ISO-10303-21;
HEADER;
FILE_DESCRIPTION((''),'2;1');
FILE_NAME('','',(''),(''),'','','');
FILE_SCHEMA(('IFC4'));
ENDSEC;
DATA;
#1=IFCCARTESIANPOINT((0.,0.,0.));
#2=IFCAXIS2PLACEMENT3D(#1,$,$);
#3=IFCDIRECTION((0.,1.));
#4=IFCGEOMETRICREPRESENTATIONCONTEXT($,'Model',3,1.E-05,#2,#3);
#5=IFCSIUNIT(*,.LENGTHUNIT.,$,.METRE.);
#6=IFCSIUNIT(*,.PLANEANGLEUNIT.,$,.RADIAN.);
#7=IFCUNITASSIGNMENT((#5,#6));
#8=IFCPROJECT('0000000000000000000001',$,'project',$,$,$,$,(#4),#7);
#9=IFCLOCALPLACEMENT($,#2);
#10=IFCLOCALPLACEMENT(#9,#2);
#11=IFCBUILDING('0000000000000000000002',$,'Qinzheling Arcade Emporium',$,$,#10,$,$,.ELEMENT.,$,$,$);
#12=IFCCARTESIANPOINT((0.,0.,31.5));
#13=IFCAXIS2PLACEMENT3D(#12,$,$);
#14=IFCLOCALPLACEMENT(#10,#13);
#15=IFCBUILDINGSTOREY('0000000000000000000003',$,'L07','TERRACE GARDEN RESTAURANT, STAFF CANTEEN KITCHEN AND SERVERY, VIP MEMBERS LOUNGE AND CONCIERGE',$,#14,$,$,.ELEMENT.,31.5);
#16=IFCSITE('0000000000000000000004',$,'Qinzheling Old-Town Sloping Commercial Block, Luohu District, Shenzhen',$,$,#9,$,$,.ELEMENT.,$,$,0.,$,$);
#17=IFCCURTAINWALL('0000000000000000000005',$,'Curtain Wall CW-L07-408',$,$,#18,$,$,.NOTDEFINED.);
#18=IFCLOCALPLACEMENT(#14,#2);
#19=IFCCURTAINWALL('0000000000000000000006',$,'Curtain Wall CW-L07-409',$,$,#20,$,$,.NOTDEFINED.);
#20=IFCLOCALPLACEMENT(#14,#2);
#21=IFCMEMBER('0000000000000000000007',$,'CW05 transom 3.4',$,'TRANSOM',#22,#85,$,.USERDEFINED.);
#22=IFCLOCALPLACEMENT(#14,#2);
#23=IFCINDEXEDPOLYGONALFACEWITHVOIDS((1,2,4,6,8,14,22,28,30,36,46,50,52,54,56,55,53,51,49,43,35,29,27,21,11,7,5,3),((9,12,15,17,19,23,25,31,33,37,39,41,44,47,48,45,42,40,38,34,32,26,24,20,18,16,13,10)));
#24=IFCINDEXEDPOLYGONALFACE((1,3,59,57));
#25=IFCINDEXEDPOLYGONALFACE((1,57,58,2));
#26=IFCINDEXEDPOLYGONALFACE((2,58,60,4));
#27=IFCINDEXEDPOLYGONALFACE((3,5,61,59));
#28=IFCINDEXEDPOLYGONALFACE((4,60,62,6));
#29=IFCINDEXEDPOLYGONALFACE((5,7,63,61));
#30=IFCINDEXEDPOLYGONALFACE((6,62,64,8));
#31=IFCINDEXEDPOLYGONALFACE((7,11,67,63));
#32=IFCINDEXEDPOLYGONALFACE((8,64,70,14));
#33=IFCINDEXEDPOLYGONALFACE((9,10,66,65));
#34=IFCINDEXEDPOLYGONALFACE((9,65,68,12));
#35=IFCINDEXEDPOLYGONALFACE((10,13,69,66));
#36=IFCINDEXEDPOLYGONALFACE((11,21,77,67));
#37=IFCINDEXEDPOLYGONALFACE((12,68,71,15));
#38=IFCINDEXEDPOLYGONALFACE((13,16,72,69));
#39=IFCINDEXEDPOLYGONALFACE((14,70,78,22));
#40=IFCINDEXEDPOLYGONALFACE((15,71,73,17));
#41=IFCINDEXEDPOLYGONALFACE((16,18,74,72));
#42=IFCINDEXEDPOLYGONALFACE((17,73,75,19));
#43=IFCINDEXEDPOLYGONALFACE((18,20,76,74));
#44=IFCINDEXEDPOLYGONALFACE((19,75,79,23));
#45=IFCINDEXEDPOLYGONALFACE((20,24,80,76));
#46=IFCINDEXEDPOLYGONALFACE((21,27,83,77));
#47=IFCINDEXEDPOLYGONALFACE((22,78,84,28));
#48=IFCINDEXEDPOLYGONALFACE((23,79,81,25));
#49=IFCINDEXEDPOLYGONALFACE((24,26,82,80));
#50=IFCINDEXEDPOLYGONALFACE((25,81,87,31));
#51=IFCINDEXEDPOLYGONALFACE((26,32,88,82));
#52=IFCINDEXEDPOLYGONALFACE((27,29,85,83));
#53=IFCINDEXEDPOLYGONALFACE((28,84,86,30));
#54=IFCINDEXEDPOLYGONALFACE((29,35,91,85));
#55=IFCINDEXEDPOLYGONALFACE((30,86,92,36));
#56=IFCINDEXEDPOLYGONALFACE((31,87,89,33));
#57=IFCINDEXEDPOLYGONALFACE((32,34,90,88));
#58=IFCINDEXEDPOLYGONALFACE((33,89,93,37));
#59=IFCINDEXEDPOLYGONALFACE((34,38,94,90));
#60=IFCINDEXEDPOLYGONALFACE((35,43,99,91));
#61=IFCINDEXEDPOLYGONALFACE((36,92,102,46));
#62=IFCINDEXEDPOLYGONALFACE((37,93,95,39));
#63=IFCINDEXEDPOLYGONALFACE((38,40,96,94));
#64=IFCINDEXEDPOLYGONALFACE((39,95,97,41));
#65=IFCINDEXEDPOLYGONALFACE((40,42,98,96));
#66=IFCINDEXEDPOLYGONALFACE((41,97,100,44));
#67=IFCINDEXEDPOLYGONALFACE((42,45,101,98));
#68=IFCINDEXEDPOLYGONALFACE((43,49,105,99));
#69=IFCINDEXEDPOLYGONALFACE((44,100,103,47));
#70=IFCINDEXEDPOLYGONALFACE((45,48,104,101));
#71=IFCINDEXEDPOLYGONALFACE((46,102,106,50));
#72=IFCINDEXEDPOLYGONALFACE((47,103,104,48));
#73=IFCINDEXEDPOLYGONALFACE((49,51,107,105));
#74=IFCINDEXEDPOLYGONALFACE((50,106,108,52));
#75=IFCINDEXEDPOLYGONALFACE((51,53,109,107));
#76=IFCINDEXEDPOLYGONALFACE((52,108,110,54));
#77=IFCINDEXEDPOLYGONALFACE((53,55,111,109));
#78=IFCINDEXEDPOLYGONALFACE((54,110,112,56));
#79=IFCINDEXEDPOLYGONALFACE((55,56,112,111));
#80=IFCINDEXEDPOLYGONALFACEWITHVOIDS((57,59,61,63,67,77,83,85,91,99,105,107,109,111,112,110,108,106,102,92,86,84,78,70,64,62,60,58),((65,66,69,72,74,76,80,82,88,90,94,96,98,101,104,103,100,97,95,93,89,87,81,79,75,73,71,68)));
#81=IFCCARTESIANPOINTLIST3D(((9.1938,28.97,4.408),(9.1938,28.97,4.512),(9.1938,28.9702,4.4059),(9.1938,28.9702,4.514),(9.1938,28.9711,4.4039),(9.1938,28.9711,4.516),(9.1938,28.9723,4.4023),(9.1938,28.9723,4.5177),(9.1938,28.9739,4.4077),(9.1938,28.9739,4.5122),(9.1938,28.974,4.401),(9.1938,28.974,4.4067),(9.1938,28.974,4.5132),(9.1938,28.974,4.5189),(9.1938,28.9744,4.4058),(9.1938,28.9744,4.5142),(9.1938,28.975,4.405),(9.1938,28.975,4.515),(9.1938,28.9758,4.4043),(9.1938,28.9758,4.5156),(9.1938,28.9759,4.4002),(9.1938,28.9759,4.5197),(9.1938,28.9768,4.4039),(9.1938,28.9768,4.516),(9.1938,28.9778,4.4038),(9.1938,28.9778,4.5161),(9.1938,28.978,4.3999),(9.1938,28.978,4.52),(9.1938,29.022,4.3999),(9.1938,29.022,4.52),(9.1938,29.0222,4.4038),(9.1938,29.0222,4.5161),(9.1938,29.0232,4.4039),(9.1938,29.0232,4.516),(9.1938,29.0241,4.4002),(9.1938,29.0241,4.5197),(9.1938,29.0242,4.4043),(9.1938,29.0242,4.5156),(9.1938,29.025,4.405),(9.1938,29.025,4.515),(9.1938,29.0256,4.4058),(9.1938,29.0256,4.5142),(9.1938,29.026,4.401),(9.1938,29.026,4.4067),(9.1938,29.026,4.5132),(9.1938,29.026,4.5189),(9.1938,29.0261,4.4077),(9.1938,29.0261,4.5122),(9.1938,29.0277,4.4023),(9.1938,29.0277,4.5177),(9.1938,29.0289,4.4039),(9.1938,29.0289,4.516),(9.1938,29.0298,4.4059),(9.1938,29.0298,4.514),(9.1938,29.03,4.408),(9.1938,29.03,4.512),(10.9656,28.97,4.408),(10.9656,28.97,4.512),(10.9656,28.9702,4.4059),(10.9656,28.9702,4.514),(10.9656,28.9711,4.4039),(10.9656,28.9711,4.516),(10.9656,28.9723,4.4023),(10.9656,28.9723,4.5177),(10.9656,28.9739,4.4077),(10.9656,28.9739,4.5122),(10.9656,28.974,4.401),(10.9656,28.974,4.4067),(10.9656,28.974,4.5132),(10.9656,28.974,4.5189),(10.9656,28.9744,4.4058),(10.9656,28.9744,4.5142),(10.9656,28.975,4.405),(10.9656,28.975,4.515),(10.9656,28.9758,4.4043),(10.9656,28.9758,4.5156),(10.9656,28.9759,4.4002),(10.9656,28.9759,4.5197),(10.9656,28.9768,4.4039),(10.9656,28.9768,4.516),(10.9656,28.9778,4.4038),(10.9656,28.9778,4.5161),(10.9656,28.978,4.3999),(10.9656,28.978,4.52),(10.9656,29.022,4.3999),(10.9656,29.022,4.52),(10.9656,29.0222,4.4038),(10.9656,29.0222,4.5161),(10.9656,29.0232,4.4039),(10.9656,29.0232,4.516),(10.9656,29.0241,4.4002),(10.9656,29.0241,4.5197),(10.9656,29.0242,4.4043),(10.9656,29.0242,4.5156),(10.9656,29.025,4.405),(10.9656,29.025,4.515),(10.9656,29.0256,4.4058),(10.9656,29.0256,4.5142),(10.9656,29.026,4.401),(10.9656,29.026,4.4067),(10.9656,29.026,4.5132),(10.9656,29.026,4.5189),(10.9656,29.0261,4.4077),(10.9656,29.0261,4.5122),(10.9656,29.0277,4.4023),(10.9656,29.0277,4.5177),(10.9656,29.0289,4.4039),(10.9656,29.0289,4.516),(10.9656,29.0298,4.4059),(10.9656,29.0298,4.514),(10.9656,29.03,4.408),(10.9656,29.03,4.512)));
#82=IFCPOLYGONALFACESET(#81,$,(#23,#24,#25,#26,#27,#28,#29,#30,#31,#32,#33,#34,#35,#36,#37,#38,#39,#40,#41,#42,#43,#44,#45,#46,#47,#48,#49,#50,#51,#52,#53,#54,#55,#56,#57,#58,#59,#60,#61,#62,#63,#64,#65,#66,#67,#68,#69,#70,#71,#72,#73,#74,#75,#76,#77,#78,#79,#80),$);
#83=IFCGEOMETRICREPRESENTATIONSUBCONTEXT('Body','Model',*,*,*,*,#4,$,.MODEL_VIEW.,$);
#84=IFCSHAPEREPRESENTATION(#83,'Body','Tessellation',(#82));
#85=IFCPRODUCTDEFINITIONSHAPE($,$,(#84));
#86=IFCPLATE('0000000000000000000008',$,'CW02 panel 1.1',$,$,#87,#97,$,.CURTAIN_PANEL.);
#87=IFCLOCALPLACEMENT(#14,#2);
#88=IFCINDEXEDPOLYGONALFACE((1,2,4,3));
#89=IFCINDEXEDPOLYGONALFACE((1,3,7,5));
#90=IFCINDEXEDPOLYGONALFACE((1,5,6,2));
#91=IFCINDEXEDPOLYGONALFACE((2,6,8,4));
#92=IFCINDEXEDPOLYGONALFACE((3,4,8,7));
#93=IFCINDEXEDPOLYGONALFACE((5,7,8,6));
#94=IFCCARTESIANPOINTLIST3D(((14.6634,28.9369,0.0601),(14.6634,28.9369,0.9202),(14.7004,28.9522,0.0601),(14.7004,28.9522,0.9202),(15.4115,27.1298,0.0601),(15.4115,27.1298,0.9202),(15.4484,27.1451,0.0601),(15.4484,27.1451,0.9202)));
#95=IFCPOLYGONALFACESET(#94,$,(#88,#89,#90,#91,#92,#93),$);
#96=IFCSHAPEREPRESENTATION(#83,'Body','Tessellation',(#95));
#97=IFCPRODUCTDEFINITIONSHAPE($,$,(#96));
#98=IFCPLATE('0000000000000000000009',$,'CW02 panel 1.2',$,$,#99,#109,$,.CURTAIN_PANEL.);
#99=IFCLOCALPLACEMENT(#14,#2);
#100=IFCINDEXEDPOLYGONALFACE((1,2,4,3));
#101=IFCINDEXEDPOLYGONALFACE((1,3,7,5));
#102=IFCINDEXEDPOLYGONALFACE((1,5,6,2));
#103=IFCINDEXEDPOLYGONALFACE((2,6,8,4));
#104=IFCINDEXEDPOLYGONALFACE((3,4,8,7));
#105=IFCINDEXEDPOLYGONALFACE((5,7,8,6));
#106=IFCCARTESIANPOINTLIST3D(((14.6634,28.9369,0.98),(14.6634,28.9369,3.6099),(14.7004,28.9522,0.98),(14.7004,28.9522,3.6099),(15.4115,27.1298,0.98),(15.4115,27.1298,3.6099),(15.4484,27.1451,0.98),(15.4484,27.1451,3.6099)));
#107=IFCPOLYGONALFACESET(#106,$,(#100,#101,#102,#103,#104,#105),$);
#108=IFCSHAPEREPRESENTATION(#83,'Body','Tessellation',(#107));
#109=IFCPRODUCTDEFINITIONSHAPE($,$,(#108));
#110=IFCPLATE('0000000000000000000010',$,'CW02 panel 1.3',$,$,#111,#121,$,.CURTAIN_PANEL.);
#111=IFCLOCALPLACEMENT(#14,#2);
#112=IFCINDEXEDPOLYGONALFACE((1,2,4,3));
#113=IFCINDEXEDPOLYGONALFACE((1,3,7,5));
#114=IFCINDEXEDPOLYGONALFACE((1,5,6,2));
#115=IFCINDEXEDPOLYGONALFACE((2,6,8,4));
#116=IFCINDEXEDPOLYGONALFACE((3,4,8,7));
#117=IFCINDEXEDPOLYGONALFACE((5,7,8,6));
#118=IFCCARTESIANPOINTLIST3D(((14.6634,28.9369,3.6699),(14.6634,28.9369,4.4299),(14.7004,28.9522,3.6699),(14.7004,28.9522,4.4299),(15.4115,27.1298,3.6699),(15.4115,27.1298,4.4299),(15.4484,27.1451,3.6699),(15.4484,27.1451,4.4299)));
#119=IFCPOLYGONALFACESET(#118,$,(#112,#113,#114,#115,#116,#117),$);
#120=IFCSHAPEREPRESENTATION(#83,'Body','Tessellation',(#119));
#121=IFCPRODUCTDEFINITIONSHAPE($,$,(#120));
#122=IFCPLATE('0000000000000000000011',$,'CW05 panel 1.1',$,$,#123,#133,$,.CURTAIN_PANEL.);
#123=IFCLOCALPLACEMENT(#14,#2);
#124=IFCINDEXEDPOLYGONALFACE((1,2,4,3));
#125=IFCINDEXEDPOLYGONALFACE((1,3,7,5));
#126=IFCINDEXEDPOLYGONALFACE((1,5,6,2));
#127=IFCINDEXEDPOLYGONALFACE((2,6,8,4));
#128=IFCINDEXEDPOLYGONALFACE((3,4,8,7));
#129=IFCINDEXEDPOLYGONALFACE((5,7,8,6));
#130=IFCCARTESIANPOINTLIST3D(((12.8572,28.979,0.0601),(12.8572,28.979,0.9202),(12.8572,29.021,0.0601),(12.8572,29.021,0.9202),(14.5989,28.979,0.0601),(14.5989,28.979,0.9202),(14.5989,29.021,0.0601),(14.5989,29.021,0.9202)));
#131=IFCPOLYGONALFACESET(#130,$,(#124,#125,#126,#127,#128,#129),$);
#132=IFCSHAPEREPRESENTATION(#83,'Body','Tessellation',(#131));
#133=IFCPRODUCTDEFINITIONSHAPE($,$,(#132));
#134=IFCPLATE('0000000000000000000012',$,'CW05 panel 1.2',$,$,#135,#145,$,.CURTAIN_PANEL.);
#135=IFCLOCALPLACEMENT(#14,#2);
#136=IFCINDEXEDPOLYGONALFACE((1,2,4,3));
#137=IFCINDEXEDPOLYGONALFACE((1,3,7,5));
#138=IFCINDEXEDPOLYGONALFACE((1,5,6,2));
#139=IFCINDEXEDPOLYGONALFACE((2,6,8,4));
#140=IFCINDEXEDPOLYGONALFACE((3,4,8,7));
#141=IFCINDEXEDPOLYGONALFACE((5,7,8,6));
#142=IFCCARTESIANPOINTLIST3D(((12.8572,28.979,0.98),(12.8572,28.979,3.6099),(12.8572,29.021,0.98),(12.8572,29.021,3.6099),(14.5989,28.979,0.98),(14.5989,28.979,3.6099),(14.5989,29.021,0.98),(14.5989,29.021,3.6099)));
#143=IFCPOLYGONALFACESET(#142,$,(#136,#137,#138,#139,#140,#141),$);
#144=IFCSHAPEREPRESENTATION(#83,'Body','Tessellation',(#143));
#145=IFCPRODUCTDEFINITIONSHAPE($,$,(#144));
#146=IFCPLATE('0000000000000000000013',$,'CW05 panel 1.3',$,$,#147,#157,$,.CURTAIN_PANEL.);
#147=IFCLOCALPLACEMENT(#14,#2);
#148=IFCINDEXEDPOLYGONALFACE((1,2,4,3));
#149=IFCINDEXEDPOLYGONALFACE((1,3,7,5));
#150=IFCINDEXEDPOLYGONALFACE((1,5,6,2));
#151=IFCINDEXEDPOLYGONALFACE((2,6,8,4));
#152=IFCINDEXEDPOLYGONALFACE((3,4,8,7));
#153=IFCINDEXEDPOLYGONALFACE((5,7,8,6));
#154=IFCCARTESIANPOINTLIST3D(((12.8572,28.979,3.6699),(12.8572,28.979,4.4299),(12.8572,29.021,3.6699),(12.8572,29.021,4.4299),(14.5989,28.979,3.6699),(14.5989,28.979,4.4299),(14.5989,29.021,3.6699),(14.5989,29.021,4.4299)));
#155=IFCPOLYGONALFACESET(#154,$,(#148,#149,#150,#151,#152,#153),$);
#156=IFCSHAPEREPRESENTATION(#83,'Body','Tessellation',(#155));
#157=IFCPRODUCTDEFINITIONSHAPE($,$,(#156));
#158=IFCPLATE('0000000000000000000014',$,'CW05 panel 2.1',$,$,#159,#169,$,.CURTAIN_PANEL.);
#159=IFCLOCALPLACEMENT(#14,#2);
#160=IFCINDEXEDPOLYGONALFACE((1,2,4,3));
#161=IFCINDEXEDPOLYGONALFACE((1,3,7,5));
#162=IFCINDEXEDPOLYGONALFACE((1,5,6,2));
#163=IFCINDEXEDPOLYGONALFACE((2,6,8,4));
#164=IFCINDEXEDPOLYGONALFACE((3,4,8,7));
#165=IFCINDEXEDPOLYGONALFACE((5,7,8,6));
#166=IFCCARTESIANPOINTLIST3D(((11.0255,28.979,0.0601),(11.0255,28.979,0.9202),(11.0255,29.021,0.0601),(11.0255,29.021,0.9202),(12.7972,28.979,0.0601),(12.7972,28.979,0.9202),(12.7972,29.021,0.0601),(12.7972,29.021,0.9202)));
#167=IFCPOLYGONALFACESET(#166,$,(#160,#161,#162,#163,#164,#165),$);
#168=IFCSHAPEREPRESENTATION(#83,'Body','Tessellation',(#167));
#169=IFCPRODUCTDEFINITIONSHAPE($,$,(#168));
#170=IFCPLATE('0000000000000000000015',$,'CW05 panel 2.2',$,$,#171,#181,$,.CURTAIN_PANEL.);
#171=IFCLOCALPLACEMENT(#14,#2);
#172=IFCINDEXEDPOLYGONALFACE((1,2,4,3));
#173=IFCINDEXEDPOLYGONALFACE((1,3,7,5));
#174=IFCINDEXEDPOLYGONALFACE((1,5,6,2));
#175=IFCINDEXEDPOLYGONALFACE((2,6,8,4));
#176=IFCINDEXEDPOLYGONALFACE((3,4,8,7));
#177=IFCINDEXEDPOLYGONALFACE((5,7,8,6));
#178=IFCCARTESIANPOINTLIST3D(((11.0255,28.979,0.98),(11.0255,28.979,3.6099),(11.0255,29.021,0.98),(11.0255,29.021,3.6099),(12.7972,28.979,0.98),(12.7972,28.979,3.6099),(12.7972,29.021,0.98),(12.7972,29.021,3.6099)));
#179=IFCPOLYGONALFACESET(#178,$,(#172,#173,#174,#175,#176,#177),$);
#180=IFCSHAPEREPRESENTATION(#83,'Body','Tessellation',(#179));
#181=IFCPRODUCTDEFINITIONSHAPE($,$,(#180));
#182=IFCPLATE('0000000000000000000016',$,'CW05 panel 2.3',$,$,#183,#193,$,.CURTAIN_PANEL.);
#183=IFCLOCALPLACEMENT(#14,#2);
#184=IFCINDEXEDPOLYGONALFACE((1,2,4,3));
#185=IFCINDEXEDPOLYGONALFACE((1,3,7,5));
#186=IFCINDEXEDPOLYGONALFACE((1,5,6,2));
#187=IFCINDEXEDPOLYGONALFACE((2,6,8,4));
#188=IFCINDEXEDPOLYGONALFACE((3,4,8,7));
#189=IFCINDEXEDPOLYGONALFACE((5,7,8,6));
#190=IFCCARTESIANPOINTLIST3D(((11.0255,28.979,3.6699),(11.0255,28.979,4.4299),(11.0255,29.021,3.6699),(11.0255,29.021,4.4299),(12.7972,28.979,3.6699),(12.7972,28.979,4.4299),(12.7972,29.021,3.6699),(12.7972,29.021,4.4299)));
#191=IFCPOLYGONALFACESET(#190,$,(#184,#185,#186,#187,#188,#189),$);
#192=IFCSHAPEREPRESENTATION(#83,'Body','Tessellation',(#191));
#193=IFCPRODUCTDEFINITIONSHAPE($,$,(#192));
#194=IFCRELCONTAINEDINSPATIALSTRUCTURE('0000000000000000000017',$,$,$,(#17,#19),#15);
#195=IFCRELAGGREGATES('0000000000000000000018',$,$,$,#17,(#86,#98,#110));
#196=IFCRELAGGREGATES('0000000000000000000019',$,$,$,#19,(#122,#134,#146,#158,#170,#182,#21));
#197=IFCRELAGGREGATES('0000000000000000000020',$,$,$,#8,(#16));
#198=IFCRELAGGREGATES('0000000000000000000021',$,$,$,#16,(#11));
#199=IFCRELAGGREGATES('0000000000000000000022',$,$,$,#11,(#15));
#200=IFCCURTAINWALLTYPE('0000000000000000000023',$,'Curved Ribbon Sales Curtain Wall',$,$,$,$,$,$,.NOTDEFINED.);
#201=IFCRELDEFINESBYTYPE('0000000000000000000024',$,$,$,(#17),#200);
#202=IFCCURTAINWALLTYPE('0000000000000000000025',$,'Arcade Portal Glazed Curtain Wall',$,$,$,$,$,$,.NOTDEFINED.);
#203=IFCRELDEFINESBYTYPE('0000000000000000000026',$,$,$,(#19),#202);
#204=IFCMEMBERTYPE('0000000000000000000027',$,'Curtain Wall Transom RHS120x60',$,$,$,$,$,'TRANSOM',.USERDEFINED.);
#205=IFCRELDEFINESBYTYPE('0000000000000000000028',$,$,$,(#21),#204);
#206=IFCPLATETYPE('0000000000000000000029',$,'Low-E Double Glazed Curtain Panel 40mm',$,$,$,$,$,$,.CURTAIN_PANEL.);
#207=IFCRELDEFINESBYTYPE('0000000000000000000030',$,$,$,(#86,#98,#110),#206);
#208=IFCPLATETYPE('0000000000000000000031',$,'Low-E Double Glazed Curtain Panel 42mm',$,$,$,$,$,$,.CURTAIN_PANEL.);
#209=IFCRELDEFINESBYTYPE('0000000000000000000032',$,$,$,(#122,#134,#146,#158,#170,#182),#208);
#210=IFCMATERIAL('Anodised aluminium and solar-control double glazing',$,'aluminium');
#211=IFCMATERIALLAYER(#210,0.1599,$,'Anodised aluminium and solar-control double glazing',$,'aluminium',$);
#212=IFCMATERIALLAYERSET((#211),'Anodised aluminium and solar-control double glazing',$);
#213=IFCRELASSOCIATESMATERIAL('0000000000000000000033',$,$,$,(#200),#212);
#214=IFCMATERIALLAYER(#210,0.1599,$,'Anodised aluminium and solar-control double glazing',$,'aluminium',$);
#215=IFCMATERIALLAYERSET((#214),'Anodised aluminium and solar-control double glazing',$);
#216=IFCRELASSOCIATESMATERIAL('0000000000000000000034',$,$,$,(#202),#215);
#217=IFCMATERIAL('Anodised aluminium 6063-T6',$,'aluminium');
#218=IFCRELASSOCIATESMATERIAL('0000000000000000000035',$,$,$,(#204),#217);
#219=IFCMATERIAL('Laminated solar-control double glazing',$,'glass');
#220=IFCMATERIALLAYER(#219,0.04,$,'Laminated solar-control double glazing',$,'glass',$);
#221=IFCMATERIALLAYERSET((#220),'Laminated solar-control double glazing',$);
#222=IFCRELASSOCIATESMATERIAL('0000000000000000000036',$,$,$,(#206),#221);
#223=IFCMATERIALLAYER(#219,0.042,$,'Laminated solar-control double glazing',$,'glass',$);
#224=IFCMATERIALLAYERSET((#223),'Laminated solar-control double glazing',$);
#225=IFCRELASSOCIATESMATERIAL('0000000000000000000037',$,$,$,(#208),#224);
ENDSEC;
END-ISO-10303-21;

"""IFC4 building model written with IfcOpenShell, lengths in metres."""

from ifc_helpers import new_model, si_unit, direction, frame, origin, origin_2d, place, context, subcontext, project, spatial, rectangle, hollow_rectangle, extrude, material, layer, layer_set, material_profile, profile_set, type_object, element, aggregate, save


model = new_model("IFC4")

# Units and contexts
model_context = context("Model", 3, precision=1e-05, world=origin(), true_north=direction((0.0, 1.0)))
body_context = subcontext(model_context, "Body", "Model", "MODEL_VIEW")
ifc_project = project(units=[si_unit("LENGTHUNIT", "METRE"), si_unit("PLANEANGLEUNIT", "RADIAN")], contexts=[model_context])

# Site, building, storey
site_placement = place(None, origin())
site = spatial("IfcSite", under=ifc_project, at=site_placement, Name="Qinzheling Old-Town Sloping Commercial Block, Luohu District, Shenzhen", CompositionType="ELEMENT", RefElevation=0.0)
building_placement = place(site_placement, origin())
building = spatial("IfcBuilding", under=site, at=building_placement, Name="Qinzheling Arcade Emporium", CompositionType="ELEMENT")
storey_placement = place(building_placement, frame((0.0, 0.0, 31.5)))
storey = spatial("IfcBuildingStorey", under=building, at=storey_placement, Name="L07", Description="TERRACE GARDEN RESTAURANT, STAFF CANTEEN KITCHEN AND SERVERY, VIP MEMBERS LOUNGE AND CONCIERGE", CompositionType="ELEMENT", Elevation=31.5)

# Curtain wall
ifc_material_1 = material(Name="Anodised aluminium and solar-control double glazing", Category="aluminium")
ifc_layer_1 = layer(ifc_material_1, 0.1599, Name="Anodised aluminium and solar-control double glazing", Category="aluminium")
ifc_layer_set_1 = layer_set([ifc_layer_1], Name="Anodised aluminium and solar-control double glazing")
curtain_wall_type_1 = type_object("IfcCurtainWallType", Name="Curved Ribbon Sales Curtain Wall", PredefinedType="NOTDEFINED", material=ifc_layer_set_1)
curtain_wall_1_placement = place(storey_placement, origin())
curtain_wall_1 = element("IfcCurtainWall", 1, at=curtain_wall_1_placement, inside=storey, type_object=curtain_wall_type_1, Name="Curtain Wall CW-L07-408", PredefinedType="NOTDEFINED")
ifc_material_2 = material(Name="Anodised aluminium 6063-T6", Category="aluminium")

# Curtain wall, member
ifc_layer_2 = layer(ifc_material_1, 0.1599, Name="Anodised aluminium and solar-control double glazing", Category="aluminium")
ifc_layer_set_2 = layer_set([ifc_layer_2], Name="Anodised aluminium and solar-control double glazing")
curtain_wall_type_2 = type_object("IfcCurtainWallType", Name="Arcade Portal Glazed Curtain Wall", PredefinedType="NOTDEFINED", material=ifc_layer_set_2)
curtain_wall_2_placement = place(storey_placement, origin())
curtain_wall_2 = element("IfcCurtainWall", 2, at=curtain_wall_2_placement, inside=storey, type_object=curtain_wall_type_2, Name="Curtain Wall CW-L07-409", PredefinedType="NOTDEFINED")
ifc_material_profile_1 = material_profile(ifc_material_2, hollow_rectangle(XDim=0.0601, YDim=0.1201, WallThickness=0.0039, InnerFilletRadius=0.0039, OuterFilletRadius=0.0081, at=origin_2d()), Name="RHS 120x60x4", Category="aluminium")
ifc_profile_set_1 = profile_set([ifc_material_profile_1], Name="Anodised aluminium 6063-T6")
member_type_1 = type_object("IfcMemberType", Name="Curtain Wall Transom RHS120x60", ElementType="TRANSOM", PredefinedType="USERDEFINED", material=ifc_profile_set_1)
member_1_placement = place(storey_placement, frame((10.9656, 29.0, 4.46), z_axis=(-1.0, 0.0, 0.0), x_axis=(0.0, -1.0, 0.0)))
member_1 = element("IfcMember", 3, at=member_1_placement, type_object=member_type_1, Name="CW05 transom 3.4", ObjectType="TRANSOM", PredefinedType="USERDEFINED", context=body_context, shape_type="SweptSolid", body=[
    extrude(hollow_rectangle(XDim=0.0601, YDim=0.1201, WallThickness=0.0039, InnerFilletRadius=0.0039, OuterFilletRadius=0.0081, at=origin_2d()), origin(), (0.0, 0.0, 1.0), 1.7717),
])

# Plates
ifc_material_3 = material(Name="Laminated solar-control double glazing", Category="glass")
ifc_layer_3 = layer(ifc_material_3, 0.04, Name="Laminated solar-control double glazing", Category="glass")
ifc_layer_set_3 = layer_set([ifc_layer_3], Name="Laminated solar-control double glazing")
plate_type_1 = type_object("IfcPlateType", Name="Low-E Double Glazed Curtain Panel 40mm", PredefinedType="CURTAIN_PANEL", material=ifc_layer_set_3)
plate_1_placement = place(storey_placement, frame((15.0559, 28.041, 0.0601), z_axis=(0.0, 0.0, 1.0), x_axis=(-0.382494, 0.923958, 0.0)))
plate_1 = element("IfcPlate", 4, at=plate_1_placement, type_object=plate_type_1, Name="CW02 panel 1.1", PredefinedType="CURTAIN_PANEL", context=body_context, shape_type="SweptSolid", body=[
    extrude(rectangle(XDim=1.9558, YDim=0.04, at=origin_2d()), origin(), (0.0, 0.0, 1.0), 0.8601),
])
plate_2_placement = place(storey_placement, frame((15.0559, 28.041, 0.98), z_axis=(0.0, 0.0, 1.0), x_axis=(-0.382494, 0.923958, 0.0)))
plate_2 = element("IfcPlate", 5, at=plate_2_placement, type_object=plate_type_1, Name="CW02 panel 1.2", PredefinedType="CURTAIN_PANEL", context=body_context, shape_type="SweptSolid", body=[
    extrude(rectangle(XDim=1.9558, YDim=0.04, at=origin_2d()), origin(), (0.0, 0.0, 1.0), 2.6299),
])
plate_3_placement = place(storey_placement, frame((15.0559, 28.041, 3.6699), z_axis=(0.0, 0.0, 1.0), x_axis=(-0.382494, 0.923958, 0.0)))
plate_3 = element("IfcPlate", 6, at=plate_3_placement, type_object=plate_type_1, Name="CW02 panel 1.3", PredefinedType="CURTAIN_PANEL", context=body_context, shape_type="SweptSolid", body=[
    extrude(rectangle(XDim=1.9558, YDim=0.04, at=origin_2d()), origin(), (0.0, 0.0, 1.0), 0.76),
])
aggregate(curtain_wall_1, [plate_1, plate_2, plate_3])
ifc_layer_4 = layer(ifc_material_3, 0.042, Name="Laminated solar-control double glazing", Category="glass")
ifc_layer_set_4 = layer_set([ifc_layer_4], Name="Laminated solar-control double glazing")
plate_type_2 = type_object("IfcPlateType", Name="Low-E Double Glazed Curtain Panel 42mm", PredefinedType="CURTAIN_PANEL", material=ifc_layer_set_4)
plate_4_placement = place(storey_placement, frame((13.728, 29.0, 0.0601), z_axis=(0.0, 0.0, 1.0), x_axis=(-1.0, 0.0, 0.0)))
plate_4 = element("IfcPlate", 7, at=plate_4_placement, type_object=plate_type_2, Name="CW05 panel 1.1", PredefinedType="CURTAIN_PANEL", context=body_context, shape_type="SweptSolid", body=[
    extrude(rectangle(XDim=1.7417, YDim=0.042, at=origin_2d()), origin(), (0.0, 0.0, 1.0), 0.8601),
])
plate_5_placement = place(storey_placement, frame((13.728, 29.0, 0.98), z_axis=(0.0, 0.0, 1.0), x_axis=(-1.0, 0.0, 0.0)))
plate_5 = element("IfcPlate", 8, at=plate_5_placement, type_object=plate_type_2, Name="CW05 panel 1.2", PredefinedType="CURTAIN_PANEL", context=body_context, shape_type="SweptSolid", body=[
    extrude(rectangle(XDim=1.7417, YDim=0.042, at=origin_2d()), origin(), (0.0, 0.0, 1.0), 2.6299),
])
plate_6_placement = place(storey_placement, frame((13.728, 29.0, 3.6699), z_axis=(0.0, 0.0, 1.0), x_axis=(-1.0, 0.0, 0.0)))
plate_6 = element("IfcPlate", 9, at=plate_6_placement, type_object=plate_type_2, Name="CW05 panel 1.3", PredefinedType="CURTAIN_PANEL", context=body_context, shape_type="SweptSolid", body=[
    extrude(rectangle(XDim=1.7417, YDim=0.042, at=origin_2d()), origin(), (0.0, 0.0, 1.0), 0.76),
])
plate_7_placement = place(storey_placement, frame((11.9114, 29.0, 0.0601), z_axis=(0.0, 0.0, 1.0), x_axis=(-1.0, 0.0, 0.0)))
plate_7 = element("IfcPlate", 10, at=plate_7_placement, type_object=plate_type_2, Name="CW05 panel 2.1", PredefinedType="CURTAIN_PANEL", context=body_context, shape_type="SweptSolid", body=[
    extrude(rectangle(XDim=1.7717, YDim=0.042, at=origin_2d()), origin(), (0.0, 0.0, 1.0), 0.8601),
])
plate_8_placement = place(storey_placement, frame((11.9114, 29.0, 0.98), z_axis=(0.0, 0.0, 1.0), x_axis=(-1.0, 0.0, 0.0)))
plate_8 = element("IfcPlate", 11, at=plate_8_placement, type_object=plate_type_2, Name="CW05 panel 2.2", PredefinedType="CURTAIN_PANEL", context=body_context, shape_type="SweptSolid", body=[
    extrude(rectangle(XDim=1.7717, YDim=0.042, at=origin_2d()), origin(), (0.0, 0.0, 1.0), 2.6299),
])
plate_9_placement = place(storey_placement, frame((11.9114, 29.0, 3.6699), z_axis=(0.0, 0.0, 1.0), x_axis=(-1.0, 0.0, 0.0)))
plate_9 = element("IfcPlate", 12, at=plate_9_placement, type_object=plate_type_2, Name="CW05 panel 2.3", PredefinedType="CURTAIN_PANEL", context=body_context, shape_type="SweptSolid", body=[
    extrude(rectangle(XDim=1.7717, YDim=0.042, at=origin_2d()), origin(), (0.0, 0.0, 1.0), 0.76),
])
aggregate(curtain_wall_2, [plate_4, plate_5, plate_6, plate_7, plate_8, plate_9, member_1])

save(model, "model.ifc")
